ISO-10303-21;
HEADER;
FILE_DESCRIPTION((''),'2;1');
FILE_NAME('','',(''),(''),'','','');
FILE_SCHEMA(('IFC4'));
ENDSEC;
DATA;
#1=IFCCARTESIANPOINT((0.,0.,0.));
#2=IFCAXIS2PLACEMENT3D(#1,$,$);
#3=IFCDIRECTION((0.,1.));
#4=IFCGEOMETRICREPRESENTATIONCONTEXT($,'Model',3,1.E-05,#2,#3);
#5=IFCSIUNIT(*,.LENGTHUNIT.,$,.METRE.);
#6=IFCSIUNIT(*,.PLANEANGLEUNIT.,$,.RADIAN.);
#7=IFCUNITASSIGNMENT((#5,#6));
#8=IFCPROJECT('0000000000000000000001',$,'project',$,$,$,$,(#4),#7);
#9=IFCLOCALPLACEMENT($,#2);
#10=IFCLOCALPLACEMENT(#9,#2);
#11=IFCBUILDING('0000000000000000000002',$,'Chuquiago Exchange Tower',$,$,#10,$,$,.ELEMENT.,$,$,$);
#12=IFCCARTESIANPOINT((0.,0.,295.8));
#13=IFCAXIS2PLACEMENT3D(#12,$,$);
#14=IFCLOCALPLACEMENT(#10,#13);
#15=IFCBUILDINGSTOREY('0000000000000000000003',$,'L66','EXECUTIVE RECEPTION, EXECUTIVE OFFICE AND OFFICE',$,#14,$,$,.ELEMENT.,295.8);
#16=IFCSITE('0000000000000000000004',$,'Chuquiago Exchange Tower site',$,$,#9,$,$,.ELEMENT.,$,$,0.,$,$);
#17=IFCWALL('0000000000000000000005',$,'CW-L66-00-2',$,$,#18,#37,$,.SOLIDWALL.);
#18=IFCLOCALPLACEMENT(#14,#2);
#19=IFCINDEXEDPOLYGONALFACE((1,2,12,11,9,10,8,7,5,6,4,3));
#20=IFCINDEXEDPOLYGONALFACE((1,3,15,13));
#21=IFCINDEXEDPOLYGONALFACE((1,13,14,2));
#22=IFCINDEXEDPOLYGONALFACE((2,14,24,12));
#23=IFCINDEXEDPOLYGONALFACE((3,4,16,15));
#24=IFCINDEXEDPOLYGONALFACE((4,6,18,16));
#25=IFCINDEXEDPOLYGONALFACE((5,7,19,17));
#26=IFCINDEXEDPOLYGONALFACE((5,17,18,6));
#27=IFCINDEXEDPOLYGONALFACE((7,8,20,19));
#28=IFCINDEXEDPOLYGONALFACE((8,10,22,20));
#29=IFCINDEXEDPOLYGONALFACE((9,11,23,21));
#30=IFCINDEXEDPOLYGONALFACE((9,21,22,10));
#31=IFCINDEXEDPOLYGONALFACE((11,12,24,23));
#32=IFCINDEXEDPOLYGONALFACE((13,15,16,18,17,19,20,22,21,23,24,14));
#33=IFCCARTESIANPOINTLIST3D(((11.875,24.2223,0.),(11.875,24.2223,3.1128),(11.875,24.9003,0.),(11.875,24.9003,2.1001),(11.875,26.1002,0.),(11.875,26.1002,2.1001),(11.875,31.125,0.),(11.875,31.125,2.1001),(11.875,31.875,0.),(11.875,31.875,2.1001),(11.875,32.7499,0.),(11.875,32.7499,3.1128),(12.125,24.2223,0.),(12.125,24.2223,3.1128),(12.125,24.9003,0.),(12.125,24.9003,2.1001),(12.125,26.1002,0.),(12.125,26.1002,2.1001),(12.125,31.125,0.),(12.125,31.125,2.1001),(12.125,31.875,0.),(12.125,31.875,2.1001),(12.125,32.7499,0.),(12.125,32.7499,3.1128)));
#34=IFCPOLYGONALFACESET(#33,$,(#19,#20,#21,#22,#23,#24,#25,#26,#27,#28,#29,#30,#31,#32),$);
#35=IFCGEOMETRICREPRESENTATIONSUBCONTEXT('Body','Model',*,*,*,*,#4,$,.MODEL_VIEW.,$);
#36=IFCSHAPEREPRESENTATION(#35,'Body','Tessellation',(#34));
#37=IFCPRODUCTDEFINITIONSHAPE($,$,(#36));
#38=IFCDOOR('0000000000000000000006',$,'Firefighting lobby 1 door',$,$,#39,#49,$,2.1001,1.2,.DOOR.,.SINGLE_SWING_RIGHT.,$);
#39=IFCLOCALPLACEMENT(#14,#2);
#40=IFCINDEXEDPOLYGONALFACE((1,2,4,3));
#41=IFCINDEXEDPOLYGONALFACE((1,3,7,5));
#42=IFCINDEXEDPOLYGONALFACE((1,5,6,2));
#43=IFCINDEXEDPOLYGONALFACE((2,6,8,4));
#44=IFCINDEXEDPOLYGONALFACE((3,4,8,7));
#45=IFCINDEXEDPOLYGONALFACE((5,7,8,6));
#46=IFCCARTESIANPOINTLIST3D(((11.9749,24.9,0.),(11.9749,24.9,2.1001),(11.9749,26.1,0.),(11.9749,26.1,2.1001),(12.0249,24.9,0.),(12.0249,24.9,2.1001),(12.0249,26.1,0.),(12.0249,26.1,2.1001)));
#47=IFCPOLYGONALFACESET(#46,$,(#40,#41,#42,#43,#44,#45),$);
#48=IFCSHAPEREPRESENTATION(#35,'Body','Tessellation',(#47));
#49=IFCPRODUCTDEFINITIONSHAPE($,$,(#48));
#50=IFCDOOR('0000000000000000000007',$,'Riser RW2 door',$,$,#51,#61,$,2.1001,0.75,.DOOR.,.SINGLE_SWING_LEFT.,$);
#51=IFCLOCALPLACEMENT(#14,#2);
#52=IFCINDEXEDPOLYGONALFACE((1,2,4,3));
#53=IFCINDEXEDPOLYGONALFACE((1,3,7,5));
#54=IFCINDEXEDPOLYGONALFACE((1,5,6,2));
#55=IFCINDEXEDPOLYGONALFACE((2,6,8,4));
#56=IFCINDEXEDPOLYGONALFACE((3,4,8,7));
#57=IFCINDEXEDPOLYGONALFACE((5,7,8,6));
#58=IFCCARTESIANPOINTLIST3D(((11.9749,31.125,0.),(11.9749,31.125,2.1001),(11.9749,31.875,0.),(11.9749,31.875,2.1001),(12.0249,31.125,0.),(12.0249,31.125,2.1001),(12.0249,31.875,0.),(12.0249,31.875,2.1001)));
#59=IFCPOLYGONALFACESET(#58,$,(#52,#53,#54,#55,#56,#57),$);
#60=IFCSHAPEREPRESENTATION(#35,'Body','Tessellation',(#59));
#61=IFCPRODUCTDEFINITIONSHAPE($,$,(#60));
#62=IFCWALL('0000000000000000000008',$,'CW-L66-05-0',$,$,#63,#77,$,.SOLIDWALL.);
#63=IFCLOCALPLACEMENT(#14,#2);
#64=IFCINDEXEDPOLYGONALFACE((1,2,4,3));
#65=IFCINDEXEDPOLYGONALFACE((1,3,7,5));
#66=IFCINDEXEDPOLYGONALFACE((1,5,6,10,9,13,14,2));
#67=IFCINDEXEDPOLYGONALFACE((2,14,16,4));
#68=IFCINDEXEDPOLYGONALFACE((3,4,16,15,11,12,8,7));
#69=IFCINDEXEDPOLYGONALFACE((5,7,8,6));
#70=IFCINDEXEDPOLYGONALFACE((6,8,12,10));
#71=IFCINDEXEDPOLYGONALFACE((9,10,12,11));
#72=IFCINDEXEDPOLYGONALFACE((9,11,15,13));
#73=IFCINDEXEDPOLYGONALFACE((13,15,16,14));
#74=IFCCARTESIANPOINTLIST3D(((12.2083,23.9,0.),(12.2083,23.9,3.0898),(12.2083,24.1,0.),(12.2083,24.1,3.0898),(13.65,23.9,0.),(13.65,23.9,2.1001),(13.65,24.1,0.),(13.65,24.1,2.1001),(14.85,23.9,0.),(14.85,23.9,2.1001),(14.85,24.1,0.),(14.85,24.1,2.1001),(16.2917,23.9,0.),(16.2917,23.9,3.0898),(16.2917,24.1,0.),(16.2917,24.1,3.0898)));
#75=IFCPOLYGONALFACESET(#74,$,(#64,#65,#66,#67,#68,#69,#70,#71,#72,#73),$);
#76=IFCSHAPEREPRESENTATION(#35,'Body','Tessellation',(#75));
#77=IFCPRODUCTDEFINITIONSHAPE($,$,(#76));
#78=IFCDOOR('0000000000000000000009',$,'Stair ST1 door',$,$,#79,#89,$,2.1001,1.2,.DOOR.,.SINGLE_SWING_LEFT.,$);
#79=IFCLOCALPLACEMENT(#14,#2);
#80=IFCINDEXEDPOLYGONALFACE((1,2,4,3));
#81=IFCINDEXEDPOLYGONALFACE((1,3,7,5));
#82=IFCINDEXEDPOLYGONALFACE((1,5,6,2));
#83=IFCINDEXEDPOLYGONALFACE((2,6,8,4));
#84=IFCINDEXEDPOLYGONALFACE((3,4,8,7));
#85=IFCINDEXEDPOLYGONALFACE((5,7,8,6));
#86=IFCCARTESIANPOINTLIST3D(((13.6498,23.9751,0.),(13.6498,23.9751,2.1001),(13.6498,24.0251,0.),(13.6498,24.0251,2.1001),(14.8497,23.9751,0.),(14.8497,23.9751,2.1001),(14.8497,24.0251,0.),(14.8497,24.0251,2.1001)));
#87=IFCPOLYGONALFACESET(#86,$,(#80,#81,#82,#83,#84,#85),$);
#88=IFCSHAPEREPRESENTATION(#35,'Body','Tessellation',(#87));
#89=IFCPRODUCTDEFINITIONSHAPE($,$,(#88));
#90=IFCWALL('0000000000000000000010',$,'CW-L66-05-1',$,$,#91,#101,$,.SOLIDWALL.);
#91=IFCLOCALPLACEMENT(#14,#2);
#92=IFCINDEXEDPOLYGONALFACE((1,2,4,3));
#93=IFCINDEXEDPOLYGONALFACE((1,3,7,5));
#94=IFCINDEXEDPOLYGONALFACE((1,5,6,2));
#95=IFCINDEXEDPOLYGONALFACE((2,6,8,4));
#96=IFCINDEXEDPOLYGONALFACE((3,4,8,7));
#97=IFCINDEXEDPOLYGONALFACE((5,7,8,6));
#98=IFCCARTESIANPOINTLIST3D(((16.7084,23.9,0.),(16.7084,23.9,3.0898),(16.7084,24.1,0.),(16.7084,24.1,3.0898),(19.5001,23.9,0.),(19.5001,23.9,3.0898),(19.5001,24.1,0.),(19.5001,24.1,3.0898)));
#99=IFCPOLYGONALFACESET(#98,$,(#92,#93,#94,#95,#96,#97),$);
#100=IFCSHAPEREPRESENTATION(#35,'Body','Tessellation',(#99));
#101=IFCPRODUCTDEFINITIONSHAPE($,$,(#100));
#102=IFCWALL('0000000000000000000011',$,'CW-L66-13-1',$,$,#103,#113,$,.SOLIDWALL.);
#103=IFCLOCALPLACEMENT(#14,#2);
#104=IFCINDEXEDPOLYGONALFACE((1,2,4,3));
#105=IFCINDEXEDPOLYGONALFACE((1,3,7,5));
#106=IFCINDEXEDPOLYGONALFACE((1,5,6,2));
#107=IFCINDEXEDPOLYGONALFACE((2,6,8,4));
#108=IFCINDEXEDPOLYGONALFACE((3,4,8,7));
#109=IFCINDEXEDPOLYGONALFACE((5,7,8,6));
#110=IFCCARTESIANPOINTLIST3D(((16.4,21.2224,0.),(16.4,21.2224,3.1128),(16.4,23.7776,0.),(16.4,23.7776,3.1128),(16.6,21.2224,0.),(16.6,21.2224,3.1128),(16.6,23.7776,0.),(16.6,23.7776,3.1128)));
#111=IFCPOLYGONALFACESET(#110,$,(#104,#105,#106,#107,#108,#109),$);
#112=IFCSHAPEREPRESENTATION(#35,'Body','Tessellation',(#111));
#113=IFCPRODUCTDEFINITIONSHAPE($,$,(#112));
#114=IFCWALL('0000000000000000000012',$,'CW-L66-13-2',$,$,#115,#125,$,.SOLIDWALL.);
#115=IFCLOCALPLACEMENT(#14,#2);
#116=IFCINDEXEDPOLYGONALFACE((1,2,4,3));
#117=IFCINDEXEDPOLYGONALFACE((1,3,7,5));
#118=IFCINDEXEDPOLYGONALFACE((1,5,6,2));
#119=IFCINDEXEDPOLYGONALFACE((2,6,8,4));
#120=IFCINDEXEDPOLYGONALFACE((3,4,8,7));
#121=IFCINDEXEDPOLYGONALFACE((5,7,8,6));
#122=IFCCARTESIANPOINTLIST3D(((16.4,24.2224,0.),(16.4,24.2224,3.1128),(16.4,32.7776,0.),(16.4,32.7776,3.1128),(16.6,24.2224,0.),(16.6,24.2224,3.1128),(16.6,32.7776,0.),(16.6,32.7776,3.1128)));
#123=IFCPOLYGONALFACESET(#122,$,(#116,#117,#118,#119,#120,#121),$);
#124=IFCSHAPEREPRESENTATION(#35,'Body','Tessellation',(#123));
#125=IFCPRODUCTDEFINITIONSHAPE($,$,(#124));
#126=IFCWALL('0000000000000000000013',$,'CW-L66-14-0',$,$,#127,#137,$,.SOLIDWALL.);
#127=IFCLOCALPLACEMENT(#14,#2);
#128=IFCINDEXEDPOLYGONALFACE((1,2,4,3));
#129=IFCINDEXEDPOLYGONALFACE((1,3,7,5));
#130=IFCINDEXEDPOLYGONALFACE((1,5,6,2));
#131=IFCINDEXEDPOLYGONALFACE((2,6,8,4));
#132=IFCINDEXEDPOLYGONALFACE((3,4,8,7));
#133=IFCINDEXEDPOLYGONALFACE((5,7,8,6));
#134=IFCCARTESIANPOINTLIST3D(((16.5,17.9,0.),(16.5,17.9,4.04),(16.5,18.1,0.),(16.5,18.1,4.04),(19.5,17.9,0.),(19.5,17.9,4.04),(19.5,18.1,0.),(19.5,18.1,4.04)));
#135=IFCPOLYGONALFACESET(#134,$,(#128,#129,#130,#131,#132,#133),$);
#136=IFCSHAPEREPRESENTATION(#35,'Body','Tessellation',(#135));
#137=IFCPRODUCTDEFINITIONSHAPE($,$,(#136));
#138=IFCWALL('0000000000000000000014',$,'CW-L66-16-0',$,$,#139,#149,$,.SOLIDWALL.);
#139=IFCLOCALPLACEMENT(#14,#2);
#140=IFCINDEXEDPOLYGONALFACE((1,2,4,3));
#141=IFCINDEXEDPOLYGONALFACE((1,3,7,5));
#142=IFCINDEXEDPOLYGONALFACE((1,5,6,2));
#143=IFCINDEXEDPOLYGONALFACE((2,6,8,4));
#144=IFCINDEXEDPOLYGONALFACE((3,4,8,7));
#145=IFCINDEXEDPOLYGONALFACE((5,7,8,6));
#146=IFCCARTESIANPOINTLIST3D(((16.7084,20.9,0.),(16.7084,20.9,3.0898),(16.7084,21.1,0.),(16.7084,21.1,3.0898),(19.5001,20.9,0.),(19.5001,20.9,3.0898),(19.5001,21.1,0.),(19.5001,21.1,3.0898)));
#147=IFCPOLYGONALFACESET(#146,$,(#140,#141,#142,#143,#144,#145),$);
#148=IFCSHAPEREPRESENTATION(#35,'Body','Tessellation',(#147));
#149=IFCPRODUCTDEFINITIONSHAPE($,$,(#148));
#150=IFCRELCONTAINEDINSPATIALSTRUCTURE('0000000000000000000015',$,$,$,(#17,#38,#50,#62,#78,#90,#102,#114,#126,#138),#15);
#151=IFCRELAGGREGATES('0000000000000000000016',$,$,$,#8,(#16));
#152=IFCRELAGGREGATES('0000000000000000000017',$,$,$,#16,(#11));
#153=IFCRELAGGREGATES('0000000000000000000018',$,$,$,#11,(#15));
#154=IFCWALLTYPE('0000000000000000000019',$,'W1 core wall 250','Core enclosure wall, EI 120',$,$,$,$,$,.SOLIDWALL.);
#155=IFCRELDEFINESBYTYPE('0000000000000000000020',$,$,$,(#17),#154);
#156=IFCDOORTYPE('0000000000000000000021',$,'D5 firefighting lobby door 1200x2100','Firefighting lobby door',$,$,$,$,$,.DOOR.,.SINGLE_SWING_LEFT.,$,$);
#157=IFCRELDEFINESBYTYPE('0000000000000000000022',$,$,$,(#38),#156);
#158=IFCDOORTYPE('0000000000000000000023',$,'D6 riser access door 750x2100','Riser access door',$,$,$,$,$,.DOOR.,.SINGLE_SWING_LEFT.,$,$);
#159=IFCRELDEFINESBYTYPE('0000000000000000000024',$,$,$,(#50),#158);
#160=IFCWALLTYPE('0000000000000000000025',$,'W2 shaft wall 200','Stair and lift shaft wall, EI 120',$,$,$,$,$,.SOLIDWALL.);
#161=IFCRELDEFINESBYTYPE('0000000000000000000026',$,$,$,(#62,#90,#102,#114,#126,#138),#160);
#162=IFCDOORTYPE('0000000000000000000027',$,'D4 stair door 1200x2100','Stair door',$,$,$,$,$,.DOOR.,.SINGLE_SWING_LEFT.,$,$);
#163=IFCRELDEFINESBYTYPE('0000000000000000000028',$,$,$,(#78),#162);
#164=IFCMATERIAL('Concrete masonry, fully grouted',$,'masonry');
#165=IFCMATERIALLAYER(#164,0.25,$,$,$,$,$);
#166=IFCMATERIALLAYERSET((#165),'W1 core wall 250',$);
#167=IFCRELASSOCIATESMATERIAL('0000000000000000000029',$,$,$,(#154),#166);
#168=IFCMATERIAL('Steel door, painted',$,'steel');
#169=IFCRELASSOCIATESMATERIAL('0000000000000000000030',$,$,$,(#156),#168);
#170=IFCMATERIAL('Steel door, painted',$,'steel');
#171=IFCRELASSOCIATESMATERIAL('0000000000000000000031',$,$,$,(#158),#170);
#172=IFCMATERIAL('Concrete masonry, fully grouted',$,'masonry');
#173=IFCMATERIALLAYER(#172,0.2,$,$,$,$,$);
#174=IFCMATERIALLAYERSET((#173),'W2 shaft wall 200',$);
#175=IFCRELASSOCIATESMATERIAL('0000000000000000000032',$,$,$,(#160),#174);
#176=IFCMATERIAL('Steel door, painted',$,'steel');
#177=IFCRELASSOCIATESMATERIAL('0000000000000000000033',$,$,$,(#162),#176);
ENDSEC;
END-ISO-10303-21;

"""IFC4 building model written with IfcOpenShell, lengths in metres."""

from ifc_helpers import new_model, si_unit, direction, frame, frame_2d, origin, place, context, subcontext, project, spatial, rectangle, extrude, material, layer, layer_set, type_object, element, fill, save


model = new_model("IFC4")

# Units and contexts
model_context = context("Model", 3, precision=1e-05, world=origin(), true_north=direction((0.0, 1.0)))
body_context = subcontext(model_context, "Body", "Model", "MODEL_VIEW")
ifc_project = project(units=[si_unit("LENGTHUNIT", "METRE"), si_unit("PLANEANGLEUNIT", "RADIAN")], contexts=[model_context])

# Site, building, storey
site_placement = place(None, origin())
site = spatial("IfcSite", under=ifc_project, at=site_placement, Name="Chuquiago Exchange Tower site", CompositionType="ELEMENT", RefElevation=0.0)
building_placement = place(site_placement, origin())
building = spatial("IfcBuilding", under=site, at=building_placement, Name="Chuquiago Exchange Tower", CompositionType="ELEMENT")
storey_placement = place(building_placement, frame((0.0, 0.0, 295.8)))
storey = spatial("IfcBuildingStorey", under=building, at=storey_placement, Name="L66", Description="EXECUTIVE RECEPTION, EXECUTIVE OFFICE AND OFFICE", CompositionType="ELEMENT", Elevation=295.8)

# Shared definitions
ifc_material_1 = material(Name="Concrete masonry, fully grouted", Category="masonry")
ifc_layer_1 = layer(ifc_material_1, 0.25)
ifc_layer_set_1 = layer_set([ifc_layer_1], Name="W1 core wall 250")
wall_type_1 = type_object("IfcWallType", Name="W1 core wall 250", Description="Core enclosure wall, EI 120", PredefinedType="SOLIDWALL", material=ifc_layer_set_1)

# Wall, openings, doors
wall_1_placement = place(storey_placement, frame((12.0, 24.2224, 0.0), z_axis=(0.0, 0.0, 1.0), x_axis=(0.0, 1.0, 0.0)))
wall_1 = element("IfcWall", 1, at=wall_1_placement, inside=storey, type_object=wall_type_1, Name="CW-L66-00-2", PredefinedType="SOLIDWALL", context=body_context, shape_type="SweptSolid", body=[
    extrude(rectangle(XDim=8.5276, YDim=0.25, at=frame_2d((4.2637, 0.0))), origin(), (0.0, 0.0, 1.0), 3.1128),
])
opening_1_placement = place(wall_1_placement, frame((0.6777, 0.0, 0.0)))
opening_1 = element("IfcOpeningElement", 2, at=opening_1_placement, cuts=wall_1, PredefinedType="OPENING", context=body_context, shape_type="SweptSolid", body=[
    extrude(rectangle(XDim=1.2, YDim=2.1001, at=frame_2d((0.6001, 1.05))), frame((0.0, 0.135, 0.0), z_axis=(0.0, -1.0, 0.0), x_axis=(1.0, 0.0, 0.0)), (0.0, 0.0, 1.0), 0.27),
])
opening_2_placement = place(wall_1_placement, frame((6.9026, 0.0, 0.0)))
opening_2 = element("IfcOpeningElement", 3, at=opening_2_placement, cuts=wall_1, PredefinedType="OPENING", context=body_context, shape_type="SweptSolid", body=[
    extrude(rectangle(XDim=0.75, YDim=2.1001, at=frame_2d((0.375, 1.05))), frame((0.0, 0.135, 0.0), z_axis=(0.0, -1.0, 0.0), x_axis=(1.0, 0.0, 0.0)), (0.0, 0.0, 1.0), 0.27),
])
ifc_material_2 = material(Name="Steel door, painted", Category="steel")
door_type_1 = type_object("IfcDoorType", Name="D5 firefighting lobby door 1200x2100", Description="Firefighting lobby door", OperationType="SINGLE_SWING_LEFT", PredefinedType="DOOR", material=ifc_material_2)
door_1_placement = place(opening_1_placement, frame((1.2, 0.0, 0.0), z_axis=(0.0, 0.0, 1.0), x_axis=(-1.0, 0.0, 0.0)))
door_1 = element("IfcDoor", 4, at=door_1_placement, inside=storey, type_object=door_type_1, Name="Firefighting lobby 1 door", OperationType="SINGLE_SWING_RIGHT", OverallHeight=2.1001, OverallWidth=1.2, PredefinedType="DOOR", context=body_context, shape_type="SweptSolid", body=[
    extrude(rectangle(XDim=1.2, YDim=2.1001, at=frame_2d((0.6001, 1.05))), frame((0.0, 0.0249, 0.0), z_axis=(0.0, -1.0, 0.0), x_axis=(1.0, 0.0, 0.0)), (0.0, 0.0, 1.0), 0.05),
])
fill(opening_1, door_1)
ifc_material_3 = material(Name="Steel door, painted", Category="steel")
door_type_2 = type_object("IfcDoorType", Name="D6 riser access door 750x2100", Description="Riser access door", OperationType="SINGLE_SWING_LEFT", PredefinedType="DOOR", material=ifc_material_3)
door_2_placement = place(opening_2_placement, frame((0.75, 0.0, 0.0), z_axis=(0.0, 0.0, 1.0), x_axis=(-1.0, 0.0, 0.0)))
door_2 = element("IfcDoor", 5, at=door_2_placement, inside=storey, type_object=door_type_2, Name="Riser RW2 door", OperationType="SINGLE_SWING_LEFT", OverallHeight=2.1001, OverallWidth=0.75, PredefinedType="DOOR", context=body_context, shape_type="SweptSolid", body=[
    extrude(rectangle(XDim=0.75, YDim=2.1001, at=frame_2d((0.375, 1.05))), frame((0.0, 0.0249, 0.0), z_axis=(0.0, -1.0, 0.0), x_axis=(1.0, 0.0, 0.0)), (0.0, 0.0, 1.0), 0.05),
])
fill(opening_2, door_2)

# Wall, opening, door
ifc_material_4 = material(Name="Concrete masonry, fully grouted", Category="masonry")
ifc_layer_2 = layer(ifc_material_4, 0.2)
ifc_layer_set_2 = layer_set([ifc_layer_2], Name="W2 shaft wall 200")
wall_type_2 = type_object("IfcWallType", Name="W2 shaft wall 200", Description="Stair and lift shaft wall, EI 120", PredefinedType="SOLIDWALL", material=ifc_layer_set_2)
wall_2_placement = place(storey_placement, frame((12.2083, 24.0, 0.0), z_axis=(0.0, 0.0, 1.0), x_axis=(1.0, 0.0, 0.0)))
wall_2 = element("IfcWall", 6, at=wall_2_placement, inside=storey, type_object=wall_type_2, Name="CW-L66-05-0", PredefinedType="SOLIDWALL", context=body_context, shape_type="SweptSolid", body=[
    extrude(rectangle(XDim=4.0835, YDim=0.2, at=frame_2d((2.0417, 0.0))), origin(), (0.0, 0.0, 1.0), 3.0898),
])
opening_3_placement = place(wall_2_placement, frame((1.4417, 0.0, 0.0)))
opening_3 = element("IfcOpeningElement", 7, at=opening_3_placement, cuts=wall_2, PredefinedType="OPENING", context=body_context, shape_type="SweptSolid", body=[
    extrude(rectangle(XDim=1.2, YDim=2.1001, at=frame_2d((0.6001, 1.05))), frame((0.0, 0.1099, 0.0), z_axis=(0.0, -1.0, 0.0), x_axis=(1.0, 0.0, 0.0)), (0.0, 0.0, 1.0), 0.22),
])
ifc_material_5 = material(Name="Steel door, painted", Category="steel")
door_type_3 = type_object("IfcDoorType", Name="D4 stair door 1200x2100", Description="Stair door", OperationType="SINGLE_SWING_LEFT", PredefinedType="DOOR", material=ifc_material_5)
door_3_placement = place(opening_3_placement, frame((1.2, 0.0, 0.0), z_axis=(0.0, 0.0, 1.0), x_axis=(-1.0, 0.0, 0.0)))
door_3 = element("IfcDoor", 8, at=door_3_placement, inside=storey, type_object=door_type_3, Name="Stair ST1 door", OperationType="SINGLE_SWING_LEFT", OverallHeight=2.1001, OverallWidth=1.2, PredefinedType="DOOR", context=body_context, shape_type="SweptSolid", body=[
    extrude(rectangle(XDim=1.2, YDim=2.1001, at=frame_2d((0.6001, 1.05))), frame((0.0, 0.0249, 0.0), z_axis=(0.0, -1.0, 0.0), x_axis=(1.0, 0.0, 0.0)), (0.0, 0.0, 1.0), 0.05),
])
fill(opening_3, door_3)

# Walls
wall_3_placement = place(storey_placement, frame((16.7083, 24.0, 0.0), z_axis=(0.0, 0.0, 1.0), x_axis=(1.0, 0.0, 0.0)))
element("IfcWall", 9, at=wall_3_placement, inside=storey, type_object=wall_type_2, Name="CW-L66-05-1", PredefinedType="SOLIDWALL", context=body_context, shape_type="SweptSolid", body=[
    extrude(rectangle(XDim=2.7917, YDim=0.2, at=frame_2d((1.396, 0.0))), origin(), (0.0, 0.0, 1.0), 3.0898),
])
wall_4_placement = place(storey_placement, frame((16.5, 21.2224, 0.0), z_axis=(0.0, 0.0, 1.0), x_axis=(0.0, 1.0, 0.0)))
element("IfcWall", 10, at=wall_4_placement, inside=storey, type_object=wall_type_2, Name="CW-L66-13-1", PredefinedType="SOLIDWALL", context=body_context, shape_type="SweptSolid", body=[
    extrude(rectangle(XDim=2.5552, YDim=0.2, at=frame_2d((1.2776, 0.0))), origin(), (0.0, 0.0, 1.0), 3.1128),
])
wall_5_placement = place(storey_placement, frame((16.5, 24.2224, 0.0), z_axis=(0.0, 0.0, 1.0), x_axis=(0.0, 1.0, 0.0)))
element("IfcWall", 11, at=wall_5_placement, inside=storey, type_object=wall_type_2, Name="CW-L66-13-2", PredefinedType="SOLIDWALL", context=body_context, shape_type="SweptSolid", body=[
    extrude(rectangle(XDim=8.5552, YDim=0.2, at=frame_2d((4.2776, 0.0))), origin(), (0.0, 0.0, 1.0), 3.1128),
])
wall_6_placement = place(storey_placement, frame((16.5, 18.0, 0.0), z_axis=(0.0, 0.0, 1.0), x_axis=(1.0, 0.0, 0.0)))
element("IfcWall", 12, at=wall_6_placement, inside=storey, type_object=wall_type_2, Name="CW-L66-14-0", PredefinedType="SOLIDWALL", context=body_context, shape_type="SweptSolid", body=[
    extrude(rectangle(XDim=3.0, YDim=0.2, at=frame_2d((1.5, 0.0))), origin(), (0.0, 0.0, 1.0), 4.04),
])
wall_7_placement = place(storey_placement, frame((16.7083, 21.0, 0.0), z_axis=(0.0, 0.0, 1.0), x_axis=(1.0, 0.0, 0.0)))
element("IfcWall", 13, at=wall_7_placement, inside=storey, type_object=wall_type_2, Name="CW-L66-16-0", PredefinedType="SOLIDWALL", context=body_context, shape_type="SweptSolid", body=[
    extrude(rectangle(XDim=2.7917, YDim=0.2, at=frame_2d((1.396, 0.0))), origin(), (0.0, 0.0, 1.0), 3.0898),
])

save(model, "model.ifc")
